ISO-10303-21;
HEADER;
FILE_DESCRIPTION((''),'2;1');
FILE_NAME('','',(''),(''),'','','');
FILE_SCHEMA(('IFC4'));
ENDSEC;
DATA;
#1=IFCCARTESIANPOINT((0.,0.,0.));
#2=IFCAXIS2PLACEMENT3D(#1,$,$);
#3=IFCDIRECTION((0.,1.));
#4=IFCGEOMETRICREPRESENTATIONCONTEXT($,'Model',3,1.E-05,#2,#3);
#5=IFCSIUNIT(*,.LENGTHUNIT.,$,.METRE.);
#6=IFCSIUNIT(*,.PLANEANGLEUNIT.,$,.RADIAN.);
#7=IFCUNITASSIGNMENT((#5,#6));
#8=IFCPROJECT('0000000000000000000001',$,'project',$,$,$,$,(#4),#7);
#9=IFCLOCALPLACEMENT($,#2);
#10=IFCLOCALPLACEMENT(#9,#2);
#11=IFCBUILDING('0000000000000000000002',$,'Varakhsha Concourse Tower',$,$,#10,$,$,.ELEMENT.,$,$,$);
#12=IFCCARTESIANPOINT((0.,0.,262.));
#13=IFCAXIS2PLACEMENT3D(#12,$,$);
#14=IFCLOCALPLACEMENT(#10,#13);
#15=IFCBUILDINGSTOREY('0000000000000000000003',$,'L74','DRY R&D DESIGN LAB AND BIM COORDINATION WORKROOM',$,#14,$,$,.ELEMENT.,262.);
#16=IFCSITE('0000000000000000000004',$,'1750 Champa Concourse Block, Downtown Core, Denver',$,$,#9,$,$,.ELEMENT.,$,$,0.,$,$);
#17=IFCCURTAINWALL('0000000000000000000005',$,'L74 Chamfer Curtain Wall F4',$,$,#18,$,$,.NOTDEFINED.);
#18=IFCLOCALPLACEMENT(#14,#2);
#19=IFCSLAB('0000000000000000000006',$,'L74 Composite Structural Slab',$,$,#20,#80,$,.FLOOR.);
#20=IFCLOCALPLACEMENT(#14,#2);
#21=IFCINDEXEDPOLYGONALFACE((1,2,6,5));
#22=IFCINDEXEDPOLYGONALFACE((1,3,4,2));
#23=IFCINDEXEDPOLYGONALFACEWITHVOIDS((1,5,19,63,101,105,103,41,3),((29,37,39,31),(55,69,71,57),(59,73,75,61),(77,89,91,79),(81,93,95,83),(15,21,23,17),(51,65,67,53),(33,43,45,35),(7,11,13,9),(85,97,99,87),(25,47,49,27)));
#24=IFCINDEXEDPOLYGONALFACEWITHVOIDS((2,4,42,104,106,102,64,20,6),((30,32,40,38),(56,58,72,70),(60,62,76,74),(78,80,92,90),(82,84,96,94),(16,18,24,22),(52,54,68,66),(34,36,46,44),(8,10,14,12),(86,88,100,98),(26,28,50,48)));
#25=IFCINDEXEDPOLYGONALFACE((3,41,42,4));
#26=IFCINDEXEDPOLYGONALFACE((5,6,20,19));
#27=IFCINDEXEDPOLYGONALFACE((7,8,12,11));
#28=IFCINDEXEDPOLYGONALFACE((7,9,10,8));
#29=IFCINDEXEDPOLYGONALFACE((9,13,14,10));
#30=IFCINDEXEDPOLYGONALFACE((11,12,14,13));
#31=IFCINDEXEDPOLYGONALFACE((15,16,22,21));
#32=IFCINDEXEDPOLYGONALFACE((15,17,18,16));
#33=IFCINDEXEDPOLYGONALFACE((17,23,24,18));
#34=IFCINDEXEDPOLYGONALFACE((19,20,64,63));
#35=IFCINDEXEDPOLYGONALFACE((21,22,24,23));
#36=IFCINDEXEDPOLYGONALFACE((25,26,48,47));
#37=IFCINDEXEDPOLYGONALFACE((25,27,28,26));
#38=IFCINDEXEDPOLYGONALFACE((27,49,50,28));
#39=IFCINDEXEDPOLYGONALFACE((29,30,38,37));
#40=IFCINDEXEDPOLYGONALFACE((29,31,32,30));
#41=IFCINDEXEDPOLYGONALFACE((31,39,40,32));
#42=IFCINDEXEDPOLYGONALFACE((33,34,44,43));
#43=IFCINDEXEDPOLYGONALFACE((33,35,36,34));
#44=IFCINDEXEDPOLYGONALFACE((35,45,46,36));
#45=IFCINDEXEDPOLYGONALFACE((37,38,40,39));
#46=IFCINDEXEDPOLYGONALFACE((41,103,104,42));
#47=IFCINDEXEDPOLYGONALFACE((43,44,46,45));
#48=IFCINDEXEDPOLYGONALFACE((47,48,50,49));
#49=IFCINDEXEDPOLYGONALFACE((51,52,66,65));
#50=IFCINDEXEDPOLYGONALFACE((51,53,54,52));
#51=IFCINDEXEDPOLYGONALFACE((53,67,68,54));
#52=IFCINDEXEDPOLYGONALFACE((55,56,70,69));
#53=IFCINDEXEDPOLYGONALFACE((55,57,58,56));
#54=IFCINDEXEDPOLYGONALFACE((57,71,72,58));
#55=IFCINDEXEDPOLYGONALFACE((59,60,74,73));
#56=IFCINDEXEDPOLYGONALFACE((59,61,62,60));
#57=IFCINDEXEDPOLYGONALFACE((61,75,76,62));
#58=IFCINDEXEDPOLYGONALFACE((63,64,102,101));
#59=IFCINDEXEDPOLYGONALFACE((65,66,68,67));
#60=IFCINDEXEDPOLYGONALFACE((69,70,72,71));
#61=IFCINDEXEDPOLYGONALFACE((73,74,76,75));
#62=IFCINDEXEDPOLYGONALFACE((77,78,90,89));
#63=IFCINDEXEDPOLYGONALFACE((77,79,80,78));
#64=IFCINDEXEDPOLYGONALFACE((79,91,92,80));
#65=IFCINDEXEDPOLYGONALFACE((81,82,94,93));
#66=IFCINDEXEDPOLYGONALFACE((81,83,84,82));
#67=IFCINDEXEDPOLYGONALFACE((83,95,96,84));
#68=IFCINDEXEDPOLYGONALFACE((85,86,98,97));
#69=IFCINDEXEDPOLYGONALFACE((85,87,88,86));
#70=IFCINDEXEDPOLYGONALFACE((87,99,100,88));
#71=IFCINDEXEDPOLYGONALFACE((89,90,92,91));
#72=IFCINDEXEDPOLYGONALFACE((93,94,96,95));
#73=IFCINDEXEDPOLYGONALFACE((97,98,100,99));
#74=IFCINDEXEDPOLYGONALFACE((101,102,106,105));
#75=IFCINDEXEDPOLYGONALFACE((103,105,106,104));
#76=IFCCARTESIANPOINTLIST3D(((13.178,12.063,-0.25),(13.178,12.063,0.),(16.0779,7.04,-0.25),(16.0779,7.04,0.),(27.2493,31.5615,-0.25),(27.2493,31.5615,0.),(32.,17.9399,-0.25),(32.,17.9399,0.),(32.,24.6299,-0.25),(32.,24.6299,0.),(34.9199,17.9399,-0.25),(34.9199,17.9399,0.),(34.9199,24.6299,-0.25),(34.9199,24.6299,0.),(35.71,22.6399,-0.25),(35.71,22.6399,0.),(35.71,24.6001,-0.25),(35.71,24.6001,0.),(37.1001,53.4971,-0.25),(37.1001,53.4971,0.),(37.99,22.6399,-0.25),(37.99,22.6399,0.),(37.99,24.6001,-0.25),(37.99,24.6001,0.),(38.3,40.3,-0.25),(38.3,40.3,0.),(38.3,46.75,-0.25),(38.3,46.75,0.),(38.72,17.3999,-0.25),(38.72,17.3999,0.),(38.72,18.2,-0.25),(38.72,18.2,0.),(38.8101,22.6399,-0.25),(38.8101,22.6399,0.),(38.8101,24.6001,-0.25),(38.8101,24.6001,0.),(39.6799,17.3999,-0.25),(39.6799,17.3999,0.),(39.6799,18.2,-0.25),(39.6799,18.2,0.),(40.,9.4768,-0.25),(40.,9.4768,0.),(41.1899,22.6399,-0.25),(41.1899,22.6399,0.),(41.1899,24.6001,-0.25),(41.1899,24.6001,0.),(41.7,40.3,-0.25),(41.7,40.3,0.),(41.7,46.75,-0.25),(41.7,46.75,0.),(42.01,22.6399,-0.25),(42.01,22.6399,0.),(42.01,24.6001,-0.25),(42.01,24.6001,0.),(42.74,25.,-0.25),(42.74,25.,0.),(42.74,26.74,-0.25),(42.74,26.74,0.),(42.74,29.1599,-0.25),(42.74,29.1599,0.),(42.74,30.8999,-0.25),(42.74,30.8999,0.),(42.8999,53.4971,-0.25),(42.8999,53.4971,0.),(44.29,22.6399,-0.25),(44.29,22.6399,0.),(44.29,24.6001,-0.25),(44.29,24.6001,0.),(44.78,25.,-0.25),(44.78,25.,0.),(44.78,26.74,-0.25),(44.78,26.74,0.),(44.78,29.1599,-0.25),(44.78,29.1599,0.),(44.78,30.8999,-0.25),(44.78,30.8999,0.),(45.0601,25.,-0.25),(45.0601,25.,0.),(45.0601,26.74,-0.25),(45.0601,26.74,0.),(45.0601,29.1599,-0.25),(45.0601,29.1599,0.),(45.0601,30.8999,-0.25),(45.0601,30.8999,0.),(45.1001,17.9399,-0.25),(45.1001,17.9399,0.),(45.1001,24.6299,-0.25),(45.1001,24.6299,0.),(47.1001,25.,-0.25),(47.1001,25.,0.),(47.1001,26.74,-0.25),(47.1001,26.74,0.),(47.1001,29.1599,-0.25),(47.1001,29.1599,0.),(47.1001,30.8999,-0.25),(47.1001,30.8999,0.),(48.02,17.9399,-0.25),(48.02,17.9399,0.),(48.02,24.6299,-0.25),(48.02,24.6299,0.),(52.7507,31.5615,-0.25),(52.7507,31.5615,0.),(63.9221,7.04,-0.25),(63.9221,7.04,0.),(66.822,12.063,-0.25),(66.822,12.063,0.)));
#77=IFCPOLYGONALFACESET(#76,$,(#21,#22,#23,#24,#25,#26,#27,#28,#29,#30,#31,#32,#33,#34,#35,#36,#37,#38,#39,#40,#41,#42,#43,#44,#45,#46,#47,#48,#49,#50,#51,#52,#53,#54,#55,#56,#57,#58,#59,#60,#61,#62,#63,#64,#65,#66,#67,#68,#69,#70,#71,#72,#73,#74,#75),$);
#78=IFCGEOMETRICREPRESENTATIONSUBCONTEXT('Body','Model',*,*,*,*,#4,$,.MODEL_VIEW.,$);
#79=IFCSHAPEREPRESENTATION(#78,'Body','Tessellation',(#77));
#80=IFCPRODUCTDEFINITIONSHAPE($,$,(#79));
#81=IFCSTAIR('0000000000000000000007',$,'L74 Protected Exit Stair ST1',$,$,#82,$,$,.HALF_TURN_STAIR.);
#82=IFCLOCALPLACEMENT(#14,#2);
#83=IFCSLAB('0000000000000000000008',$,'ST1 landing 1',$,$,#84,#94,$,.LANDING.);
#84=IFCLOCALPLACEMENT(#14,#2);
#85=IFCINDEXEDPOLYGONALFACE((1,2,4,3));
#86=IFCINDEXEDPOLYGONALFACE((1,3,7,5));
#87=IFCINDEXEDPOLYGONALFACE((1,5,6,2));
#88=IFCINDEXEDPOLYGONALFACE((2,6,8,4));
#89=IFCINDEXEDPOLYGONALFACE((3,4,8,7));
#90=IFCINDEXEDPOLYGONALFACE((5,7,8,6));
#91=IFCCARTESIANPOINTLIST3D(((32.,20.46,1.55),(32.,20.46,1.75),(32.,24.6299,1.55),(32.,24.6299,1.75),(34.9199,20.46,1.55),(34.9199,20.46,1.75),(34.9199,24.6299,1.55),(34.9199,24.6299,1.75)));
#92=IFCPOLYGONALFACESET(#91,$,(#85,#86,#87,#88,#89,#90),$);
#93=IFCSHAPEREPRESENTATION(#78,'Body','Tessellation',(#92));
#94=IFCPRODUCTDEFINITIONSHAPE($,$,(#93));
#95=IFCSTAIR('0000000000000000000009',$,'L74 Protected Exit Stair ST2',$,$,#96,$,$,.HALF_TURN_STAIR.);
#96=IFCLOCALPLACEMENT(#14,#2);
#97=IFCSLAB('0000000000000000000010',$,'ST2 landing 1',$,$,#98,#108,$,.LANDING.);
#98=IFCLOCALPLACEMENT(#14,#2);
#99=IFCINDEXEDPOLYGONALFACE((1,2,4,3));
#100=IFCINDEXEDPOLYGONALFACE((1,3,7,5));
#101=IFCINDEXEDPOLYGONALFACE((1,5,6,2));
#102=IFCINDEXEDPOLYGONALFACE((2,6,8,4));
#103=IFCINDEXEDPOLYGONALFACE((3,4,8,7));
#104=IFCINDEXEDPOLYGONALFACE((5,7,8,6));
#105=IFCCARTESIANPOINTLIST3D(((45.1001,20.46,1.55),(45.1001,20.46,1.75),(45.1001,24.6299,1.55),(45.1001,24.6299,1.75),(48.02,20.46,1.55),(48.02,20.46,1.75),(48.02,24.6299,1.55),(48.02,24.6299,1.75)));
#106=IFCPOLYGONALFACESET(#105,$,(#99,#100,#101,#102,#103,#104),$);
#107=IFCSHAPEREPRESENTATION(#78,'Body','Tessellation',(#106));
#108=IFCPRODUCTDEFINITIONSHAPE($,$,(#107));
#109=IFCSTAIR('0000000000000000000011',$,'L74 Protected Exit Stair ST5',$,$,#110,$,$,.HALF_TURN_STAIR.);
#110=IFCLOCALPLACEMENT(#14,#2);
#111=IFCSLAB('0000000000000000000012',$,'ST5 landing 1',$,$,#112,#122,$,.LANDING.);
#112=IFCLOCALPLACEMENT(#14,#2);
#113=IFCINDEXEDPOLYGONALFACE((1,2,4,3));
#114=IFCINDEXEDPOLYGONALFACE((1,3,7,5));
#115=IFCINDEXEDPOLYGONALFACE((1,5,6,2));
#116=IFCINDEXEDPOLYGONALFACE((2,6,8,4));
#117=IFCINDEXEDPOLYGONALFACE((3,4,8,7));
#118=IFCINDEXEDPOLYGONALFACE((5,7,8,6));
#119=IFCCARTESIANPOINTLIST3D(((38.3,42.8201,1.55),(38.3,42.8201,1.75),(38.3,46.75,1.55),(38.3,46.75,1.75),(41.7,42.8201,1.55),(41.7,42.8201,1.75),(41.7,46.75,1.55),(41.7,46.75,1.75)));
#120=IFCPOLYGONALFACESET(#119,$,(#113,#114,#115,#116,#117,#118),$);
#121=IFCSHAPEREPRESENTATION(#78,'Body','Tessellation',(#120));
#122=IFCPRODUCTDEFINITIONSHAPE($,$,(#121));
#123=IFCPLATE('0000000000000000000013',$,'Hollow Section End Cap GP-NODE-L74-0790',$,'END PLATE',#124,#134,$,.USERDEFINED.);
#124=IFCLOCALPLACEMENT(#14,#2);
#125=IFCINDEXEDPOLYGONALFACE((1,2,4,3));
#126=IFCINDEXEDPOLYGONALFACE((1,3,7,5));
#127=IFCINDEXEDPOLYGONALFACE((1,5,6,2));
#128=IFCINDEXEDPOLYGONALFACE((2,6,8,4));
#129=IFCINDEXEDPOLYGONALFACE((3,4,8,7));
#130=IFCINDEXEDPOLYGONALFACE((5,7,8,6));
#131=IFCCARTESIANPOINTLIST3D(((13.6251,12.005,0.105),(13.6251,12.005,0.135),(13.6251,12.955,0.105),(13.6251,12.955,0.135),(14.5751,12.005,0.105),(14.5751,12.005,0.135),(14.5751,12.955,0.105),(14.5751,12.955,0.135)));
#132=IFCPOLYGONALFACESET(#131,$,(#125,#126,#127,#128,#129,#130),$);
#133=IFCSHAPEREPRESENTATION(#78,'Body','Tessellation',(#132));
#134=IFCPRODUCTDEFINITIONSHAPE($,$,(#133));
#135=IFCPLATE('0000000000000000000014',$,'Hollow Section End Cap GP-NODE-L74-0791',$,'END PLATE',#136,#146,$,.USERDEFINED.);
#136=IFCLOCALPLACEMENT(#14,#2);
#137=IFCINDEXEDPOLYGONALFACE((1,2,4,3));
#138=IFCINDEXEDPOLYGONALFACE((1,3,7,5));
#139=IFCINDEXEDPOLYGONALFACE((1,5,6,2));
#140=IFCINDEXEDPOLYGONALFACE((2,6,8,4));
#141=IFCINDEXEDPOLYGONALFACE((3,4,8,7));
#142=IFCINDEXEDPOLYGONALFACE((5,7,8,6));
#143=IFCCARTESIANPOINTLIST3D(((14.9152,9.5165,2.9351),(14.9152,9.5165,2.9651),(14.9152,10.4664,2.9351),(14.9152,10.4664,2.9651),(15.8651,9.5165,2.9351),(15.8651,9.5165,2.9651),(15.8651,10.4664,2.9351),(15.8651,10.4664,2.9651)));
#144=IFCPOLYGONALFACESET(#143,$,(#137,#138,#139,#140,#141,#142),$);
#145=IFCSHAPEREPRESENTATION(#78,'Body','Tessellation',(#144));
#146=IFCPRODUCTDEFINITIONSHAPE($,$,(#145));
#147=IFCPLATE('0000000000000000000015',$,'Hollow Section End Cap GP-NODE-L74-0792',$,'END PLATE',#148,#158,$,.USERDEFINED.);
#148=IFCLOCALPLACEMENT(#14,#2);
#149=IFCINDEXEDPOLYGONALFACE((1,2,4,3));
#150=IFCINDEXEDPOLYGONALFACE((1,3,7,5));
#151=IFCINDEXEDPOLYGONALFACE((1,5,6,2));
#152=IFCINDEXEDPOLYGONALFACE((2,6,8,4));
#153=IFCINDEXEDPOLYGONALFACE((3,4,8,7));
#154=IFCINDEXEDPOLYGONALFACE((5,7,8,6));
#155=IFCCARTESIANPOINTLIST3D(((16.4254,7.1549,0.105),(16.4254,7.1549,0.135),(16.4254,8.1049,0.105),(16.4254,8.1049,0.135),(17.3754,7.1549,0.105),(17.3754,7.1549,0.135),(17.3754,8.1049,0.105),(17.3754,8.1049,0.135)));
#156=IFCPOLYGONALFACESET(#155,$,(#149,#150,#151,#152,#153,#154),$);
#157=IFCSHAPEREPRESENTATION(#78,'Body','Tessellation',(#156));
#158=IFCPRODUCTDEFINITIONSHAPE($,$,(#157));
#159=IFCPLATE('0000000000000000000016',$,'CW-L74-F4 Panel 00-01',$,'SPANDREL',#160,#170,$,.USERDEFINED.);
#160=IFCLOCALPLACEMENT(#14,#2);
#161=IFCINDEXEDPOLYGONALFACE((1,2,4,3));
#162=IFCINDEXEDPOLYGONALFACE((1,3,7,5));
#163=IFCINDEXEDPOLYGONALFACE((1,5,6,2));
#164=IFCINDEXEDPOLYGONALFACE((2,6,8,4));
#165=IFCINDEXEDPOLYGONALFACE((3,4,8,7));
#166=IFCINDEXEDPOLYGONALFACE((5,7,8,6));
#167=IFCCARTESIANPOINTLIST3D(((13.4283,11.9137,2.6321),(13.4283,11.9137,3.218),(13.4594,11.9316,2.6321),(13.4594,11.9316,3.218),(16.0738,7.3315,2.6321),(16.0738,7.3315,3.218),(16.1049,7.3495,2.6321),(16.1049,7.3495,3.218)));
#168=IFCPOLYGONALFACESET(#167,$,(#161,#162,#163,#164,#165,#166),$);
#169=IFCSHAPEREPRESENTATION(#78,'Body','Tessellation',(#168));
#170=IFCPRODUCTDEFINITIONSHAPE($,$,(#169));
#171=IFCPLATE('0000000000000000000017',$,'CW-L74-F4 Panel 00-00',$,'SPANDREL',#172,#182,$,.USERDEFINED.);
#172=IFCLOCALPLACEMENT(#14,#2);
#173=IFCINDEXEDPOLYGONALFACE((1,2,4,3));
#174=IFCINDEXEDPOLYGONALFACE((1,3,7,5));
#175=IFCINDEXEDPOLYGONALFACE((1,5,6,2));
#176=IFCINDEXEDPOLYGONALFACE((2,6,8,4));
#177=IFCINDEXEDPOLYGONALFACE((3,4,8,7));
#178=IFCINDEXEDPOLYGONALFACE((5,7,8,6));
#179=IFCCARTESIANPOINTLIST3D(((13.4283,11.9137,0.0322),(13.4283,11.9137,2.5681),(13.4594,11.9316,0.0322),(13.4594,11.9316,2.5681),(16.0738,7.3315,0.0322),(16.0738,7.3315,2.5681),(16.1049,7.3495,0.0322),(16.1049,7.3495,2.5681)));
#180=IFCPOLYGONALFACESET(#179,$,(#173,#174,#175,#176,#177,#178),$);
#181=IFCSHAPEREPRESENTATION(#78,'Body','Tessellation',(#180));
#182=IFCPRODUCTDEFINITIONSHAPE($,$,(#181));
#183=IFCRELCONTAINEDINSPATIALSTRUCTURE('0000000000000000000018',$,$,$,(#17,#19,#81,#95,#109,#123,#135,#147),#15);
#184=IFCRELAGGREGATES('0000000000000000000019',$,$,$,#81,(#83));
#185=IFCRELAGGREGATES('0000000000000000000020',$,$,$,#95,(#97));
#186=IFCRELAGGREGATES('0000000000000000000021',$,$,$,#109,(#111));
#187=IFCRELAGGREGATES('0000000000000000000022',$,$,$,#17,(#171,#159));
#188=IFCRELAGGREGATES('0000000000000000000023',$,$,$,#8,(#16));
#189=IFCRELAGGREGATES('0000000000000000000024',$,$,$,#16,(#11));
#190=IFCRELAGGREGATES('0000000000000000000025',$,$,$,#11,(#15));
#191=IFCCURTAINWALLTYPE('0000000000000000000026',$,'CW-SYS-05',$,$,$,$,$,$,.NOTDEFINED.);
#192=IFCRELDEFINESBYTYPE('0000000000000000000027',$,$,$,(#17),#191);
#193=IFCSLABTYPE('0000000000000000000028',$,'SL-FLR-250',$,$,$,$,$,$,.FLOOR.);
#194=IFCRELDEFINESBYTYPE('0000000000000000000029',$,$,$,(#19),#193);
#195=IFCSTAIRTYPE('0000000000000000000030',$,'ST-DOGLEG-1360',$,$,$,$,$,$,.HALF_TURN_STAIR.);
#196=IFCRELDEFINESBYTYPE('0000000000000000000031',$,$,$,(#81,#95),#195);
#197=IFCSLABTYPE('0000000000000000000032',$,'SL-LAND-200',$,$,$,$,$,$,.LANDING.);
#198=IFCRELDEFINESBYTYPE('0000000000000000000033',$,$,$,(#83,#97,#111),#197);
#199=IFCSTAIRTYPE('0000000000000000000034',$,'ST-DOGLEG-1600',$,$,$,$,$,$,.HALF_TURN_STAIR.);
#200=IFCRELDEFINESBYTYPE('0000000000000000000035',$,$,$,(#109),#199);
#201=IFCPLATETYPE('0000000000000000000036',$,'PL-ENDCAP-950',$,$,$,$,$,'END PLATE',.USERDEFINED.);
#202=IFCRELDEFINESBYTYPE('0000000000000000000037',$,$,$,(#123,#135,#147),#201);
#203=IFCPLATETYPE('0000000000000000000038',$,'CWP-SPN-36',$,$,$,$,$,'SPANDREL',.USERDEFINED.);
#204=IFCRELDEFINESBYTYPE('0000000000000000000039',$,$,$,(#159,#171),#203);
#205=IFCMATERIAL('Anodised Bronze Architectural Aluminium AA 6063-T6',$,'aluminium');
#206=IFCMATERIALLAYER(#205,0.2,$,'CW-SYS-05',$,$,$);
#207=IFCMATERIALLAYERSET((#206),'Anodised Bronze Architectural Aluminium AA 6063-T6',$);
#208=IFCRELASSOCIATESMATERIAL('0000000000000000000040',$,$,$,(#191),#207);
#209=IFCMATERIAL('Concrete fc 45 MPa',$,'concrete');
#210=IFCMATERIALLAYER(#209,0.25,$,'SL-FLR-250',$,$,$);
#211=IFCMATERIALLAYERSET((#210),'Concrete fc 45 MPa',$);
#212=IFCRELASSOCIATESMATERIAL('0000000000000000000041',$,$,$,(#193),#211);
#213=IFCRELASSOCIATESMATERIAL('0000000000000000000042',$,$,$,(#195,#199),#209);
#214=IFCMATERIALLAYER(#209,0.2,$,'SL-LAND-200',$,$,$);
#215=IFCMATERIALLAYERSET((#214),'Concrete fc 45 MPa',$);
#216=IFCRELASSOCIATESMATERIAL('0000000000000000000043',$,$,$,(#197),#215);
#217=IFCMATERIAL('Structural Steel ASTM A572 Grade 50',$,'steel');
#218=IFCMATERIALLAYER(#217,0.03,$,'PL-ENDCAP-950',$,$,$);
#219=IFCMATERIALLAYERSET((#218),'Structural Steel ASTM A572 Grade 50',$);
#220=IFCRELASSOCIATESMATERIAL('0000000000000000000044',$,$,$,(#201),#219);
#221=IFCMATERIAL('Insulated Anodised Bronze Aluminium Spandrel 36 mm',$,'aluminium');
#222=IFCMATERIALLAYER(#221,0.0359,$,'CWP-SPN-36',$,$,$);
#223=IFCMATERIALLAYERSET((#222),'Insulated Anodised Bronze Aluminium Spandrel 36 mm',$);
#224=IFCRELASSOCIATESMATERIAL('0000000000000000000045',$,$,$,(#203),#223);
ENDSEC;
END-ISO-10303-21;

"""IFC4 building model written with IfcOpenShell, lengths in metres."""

from ifc_helpers import new_model, si_unit, direction, frame, origin, origin_2d, place, context, subcontext, project, spatial, polyline, rectangle, outline, extrude, source, transform, mapped, material, layer, layer_set, type_object, type_shapes, element, aggregate, save


model = new_model("IFC4")

# Units and contexts
model_context = context("Model", 3, precision=1e-05, world=origin(), true_north=direction((0.0, 1.0)))
body_context = subcontext(model_context, "Body", "Model", "MODEL_VIEW")
ifc_project = project(units=[si_unit("LENGTHUNIT", "METRE"), si_unit("PLANEANGLEUNIT", "RADIAN")], contexts=[model_context])

# Site, building, storey
site_placement = place(None, origin())
site = spatial("IfcSite", under=ifc_project, at=site_placement, Name="1750 Champa Concourse Block, Downtown Core, Denver", CompositionType="ELEMENT", RefElevation=0.0)
building_placement = place(site_placement, origin())
building = spatial("IfcBuilding", under=site, at=building_placement, Name="Varakhsha Concourse Tower", CompositionType="ELEMENT")
storey_placement = place(building_placement, frame((0.0, 0.0, 262.0)))
storey = spatial("IfcBuildingStorey", under=building, at=storey_placement, Name="L74", Description="DRY R&D DESIGN LAB AND BIM COORDINATION WORKROOM", CompositionType="ELEMENT", Elevation=262.0)

# Shared definitions
ifc_material_1 = material(Name="Structural Steel ASTM A572 Grade 50", Category="steel")

# Shared definitions
ifc_material_2 = material(Name="Anodised Bronze Architectural Aluminium AA 6063-T6", Category="aluminium")
ifc_layer_1 = layer(ifc_material_2, 0.2, Name="CW-SYS-05")
ifc_layer_set_1 = layer_set([ifc_layer_1], Name="Anodised Bronze Architectural Aluminium AA 6063-T6")
curtain_wall_type = type_object("IfcCurtainWallType", Name="CW-SYS-05", PredefinedType="NOTDEFINED", material=ifc_layer_set_1)

# Curtain wall
curtain_wall_1_placement = place(storey_placement, origin())
curtain_wall_1 = element("IfcCurtainWall", 1, at=curtain_wall_1_placement, inside=storey, type_object=curtain_wall_type, Name="L74 Chamfer Curtain Wall F4", PredefinedType="NOTDEFINED")

# Slab
ifc_material_3 = material(Name="Concrete fc 45 MPa", Category="concrete")
ifc_layer_2 = layer(ifc_material_3, 0.25, Name="SL-FLR-250")
ifc_layer_set_2 = layer_set([ifc_layer_2], Name="Concrete fc 45 MPa")
slab_type_1 = type_object("IfcSlabType", Name="SL-FLR-250", PredefinedType="FLOOR", material=ifc_layer_set_2)
slab_1_placement = place(storey_placement, frame((0.0, 0.0, -0.25)))
element("IfcSlab", 2, at=slab_1_placement, inside=storey, type_object=slab_type_1, Name="L74 Composite Structural Slab", PredefinedType="FLOOR", context=body_context, shape_type="SweptSolid", body=[
    extrude(outline(polyline([(42.8999, 53.4971), (37.1001, 53.4971), (27.2493, 31.5615), (13.178, 12.063), (16.0779, 7.04), (40.0, 9.4768), (63.9221, 7.04), (66.822, 12.063), (52.7507, 31.5615), (42.8999, 53.4971)]), holes=[polyline([(34.9199, 17.9399), (34.9199, 24.6299), (32.0, 24.6299), (32.0, 17.9399), (34.9199, 17.9399)]), polyline([(48.02, 17.9399), (48.02, 24.6299), (45.1001, 24.6299), (45.1001, 17.9399), (48.02, 17.9399)]), polyline([(41.7, 40.3), (41.7, 46.75), (38.3, 46.75), (38.3, 40.3), (41.7, 40.3)]), polyline([(42.74, 29.1599), (44.78, 29.1599), (44.78, 30.8999), (42.74, 30.8999), (42.74, 29.1599)]), polyline([(45.0601, 29.1599), (47.1001, 29.1599), (47.1001, 30.8999), (45.0601, 30.8999), (45.0601, 29.1599)]), polyline([(42.74, 25.0), (44.78, 25.0), (44.78, 26.74), (42.74, 26.74), (42.74, 25.0)]), polyline([(45.0601, 25.0), (47.1001, 25.0), (47.1001, 26.74), (45.0601, 26.74), (45.0601, 25.0)]), polyline([(35.71, 22.6399), (37.99, 22.6399), (37.99, 24.6001), (35.71, 24.6001), (35.71, 22.6399)]), polyline([(42.01, 22.6399), (44.29, 22.6399), (44.29, 24.6001), (42.01, 24.6001), (42.01, 22.6399)]), polyline([(38.8101, 22.6399), (41.1899, 22.6399), (41.1899, 24.6001), (38.8101, 24.6001), (38.8101, 22.6399)]), polyline([(38.72, 17.3999), (39.6799, 17.3999), (39.6799, 18.2), (38.72, 18.2), (38.72, 17.3999)])]), origin(), (0.0, 0.0, 1.0), 0.25),
])

# Stairs, slabs
stair_type_1 = type_object("IfcStairType", Name="ST-DOGLEG-1360", PredefinedType="HALF_TURN_STAIR", material=ifc_material_3)
stair_1_placement = place(storey_placement, origin())
stair_1 = element("IfcStair", 3, at=stair_1_placement, inside=storey, type_object=stair_type_1, Name="L74 Protected Exit Stair ST1", PredefinedType="HALF_TURN_STAIR")
ifc_layer_3 = layer(ifc_material_3, 0.2, Name="SL-LAND-200")
ifc_layer_set_3 = layer_set([ifc_layer_3], Name="Concrete fc 45 MPa")
slab_type_2 = type_object("IfcSlabType", Name="SL-LAND-200", PredefinedType="LANDING", material=ifc_layer_set_3)
slab_2_placement = place(storey_placement, frame((0.0, 0.0, 1.55)))
slab_2 = element("IfcSlab", 4, at=slab_2_placement, type_object=slab_type_2, Name="ST1 landing 1", PredefinedType="LANDING", context=body_context, shape_type="SweptSolid", body=[
    extrude(outline(polyline([(34.9199, 20.46), (34.9199, 24.6299), (32.0, 24.6299), (32.0, 20.46), (34.9199, 20.46)])), origin(), (0.0, 0.0, 1.0), 0.2),
])
aggregate(stair_1, [slab_2])
stair_2_placement = place(storey_placement, origin())
stair_2 = element("IfcStair", 5, at=stair_2_placement, inside=storey, type_object=stair_type_1, Name="L74 Protected Exit Stair ST2", PredefinedType="HALF_TURN_STAIR")
slab_3_placement = place(storey_placement, frame((0.0, 0.0, 1.55)))
slab_3 = element("IfcSlab", 6, at=slab_3_placement, type_object=slab_type_2, Name="ST2 landing 1", PredefinedType="LANDING", context=body_context, shape_type="SweptSolid", body=[
    extrude(outline(polyline([(48.02, 20.46), (48.02, 24.6299), (45.1001, 24.6299), (45.1001, 20.46), (48.02, 20.46)])), origin(), (0.0, 0.0, 1.0), 0.2),
])
aggregate(stair_2, [slab_3])
stair_type_2 = type_object("IfcStairType", Name="ST-DOGLEG-1600", PredefinedType="HALF_TURN_STAIR", material=ifc_material_3)
stair_3_placement = place(storey_placement, origin())
stair_3 = element("IfcStair", 7, at=stair_3_placement, inside=storey, type_object=stair_type_2, Name="L74 Protected Exit Stair ST5", PredefinedType="HALF_TURN_STAIR")
slab_4_placement = place(storey_placement, frame((0.0, 0.0, 1.55)))
slab_4 = element("IfcSlab", 8, at=slab_4_placement, type_object=slab_type_2, Name="ST5 landing 1", PredefinedType="LANDING", context=body_context, shape_type="SweptSolid", body=[
    extrude(outline(polyline([(41.7, 42.8201), (41.7, 46.75), (38.3, 46.75), (38.3, 42.8201), (41.7, 42.8201)])), origin(), (0.0, 0.0, 1.0), 0.2),
])
aggregate(stair_3, [slab_4])

# Plates
ifc_layer_4 = layer(ifc_material_1, 0.03, Name="PL-ENDCAP-950")
ifc_layer_set_4 = layer_set([ifc_layer_4], Name="Structural Steel ASTM A572 Grade 50")
plate_type_1 = type_object("IfcPlateType", Name="PL-ENDCAP-950", ElementType="END PLATE", PredefinedType="USERDEFINED", material=ifc_layer_set_4)
shared_shape_1 = source(origin(), body_context, "Body", "SweptSolid", [
    extrude(rectangle(XDim=0.95, YDim=0.95, at=origin_2d()), origin(), (0.0, 0.0, 1.0), 0.03),
])
type_shapes(plate_type_1, [shared_shape_1])
for number, where, z_axis, x_axis, name in (
    (9, (14.1001, 12.48, 0.105), (0.0, 0.0, 1.0), (1.0, 0.0, 0.0), "Hollow Section End Cap GP-NODE-L74-0790"),
    (10, (15.3901, 9.9915, 2.9351), (0.0, 0.0, 1.0), (1.0, 0.0, 0.0), "Hollow Section End Cap GP-NODE-L74-0791"),
    (11, (16.9004, 7.6299, 0.105), (0.0, 0.0, 1.0), (1.0, 0.0, 0.0), "Hollow Section End Cap GP-NODE-L74-0792"),
):
    element("IfcPlate", number, at=place(storey_placement, frame(where, z_axis=z_axis, x_axis=x_axis)), inside=storey, type_object=plate_type_1, Name=name, ObjectType="END PLATE", PredefinedType="USERDEFINED", context=body_context, shape_type="MappedRepresentation", body=[
        mapped(shared_shape_1, transform((0.0, 0.0, 0.0), scale=1.0)),
    ])

# Plates
ifc_material_4 = material(Name="Insulated Anodised Bronze Aluminium Spandrel 36 mm", Category="aluminium")
ifc_layer_5 = layer(ifc_material_4, 0.0359, Name="CWP-SPN-36")
ifc_layer_set_5 = layer_set([ifc_layer_5], Name="Insulated Anodised Bronze Aluminium Spandrel 36 mm")
plate_type_2 = type_object("IfcPlateType", Name="CWP-SPN-36", ElementType="SPANDREL", PredefinedType="USERDEFINED", material=ifc_layer_set_5)
shared_shape_2 = source(origin(), body_context, "Body", "SweptSolid", [
    extrude(rectangle(XDim=5.291, YDim=0.0359, at=origin_2d()), origin(), (0.0, 0.0, 1.0), 0.5859),
])
plate_1_placement = place(storey_placement, frame((14.7666, 9.6316, 2.6321), z_axis=(0.0, 0.0, 1.0), x_axis=(-0.5, 0.866025, 0.0)))
plate_1 = element("IfcPlate", 12, at=plate_1_placement, type_object=plate_type_2, Name="CW-L74-F4 Panel 00-01", ObjectType="SPANDREL", PredefinedType="USERDEFINED", context=body_context, shape_type="MappedRepresentation", body=[
    mapped(shared_shape_2, transform((0.0, 0.0, 0.0), scale=1.0)),
])
shared_shape_3 = source(origin(), body_context, "Body", "SweptSolid", [
    extrude(rectangle(XDim=5.291, YDim=0.0359, at=origin_2d()), origin(), (0.0, 0.0, 1.0), 2.5359),
])
plate_2_placement = place(storey_placement, frame((14.7666, 9.6316, 0.0322), z_axis=(0.0, 0.0, 1.0), x_axis=(-0.5, 0.866025, 0.0)))
plate_2 = element("IfcPlate", 13, at=plate_2_placement, type_object=plate_type_2, Name="CW-L74-F4 Panel 00-00", ObjectType="SPANDREL", PredefinedType="USERDEFINED", context=body_context, shape_type="MappedRepresentation", body=[
    mapped(shared_shape_3, transform((0.0, 0.0, 0.0), scale=1.0)),
])
aggregate(curtain_wall_1, [plate_2, plate_1])

save(model, "model.ifc")
